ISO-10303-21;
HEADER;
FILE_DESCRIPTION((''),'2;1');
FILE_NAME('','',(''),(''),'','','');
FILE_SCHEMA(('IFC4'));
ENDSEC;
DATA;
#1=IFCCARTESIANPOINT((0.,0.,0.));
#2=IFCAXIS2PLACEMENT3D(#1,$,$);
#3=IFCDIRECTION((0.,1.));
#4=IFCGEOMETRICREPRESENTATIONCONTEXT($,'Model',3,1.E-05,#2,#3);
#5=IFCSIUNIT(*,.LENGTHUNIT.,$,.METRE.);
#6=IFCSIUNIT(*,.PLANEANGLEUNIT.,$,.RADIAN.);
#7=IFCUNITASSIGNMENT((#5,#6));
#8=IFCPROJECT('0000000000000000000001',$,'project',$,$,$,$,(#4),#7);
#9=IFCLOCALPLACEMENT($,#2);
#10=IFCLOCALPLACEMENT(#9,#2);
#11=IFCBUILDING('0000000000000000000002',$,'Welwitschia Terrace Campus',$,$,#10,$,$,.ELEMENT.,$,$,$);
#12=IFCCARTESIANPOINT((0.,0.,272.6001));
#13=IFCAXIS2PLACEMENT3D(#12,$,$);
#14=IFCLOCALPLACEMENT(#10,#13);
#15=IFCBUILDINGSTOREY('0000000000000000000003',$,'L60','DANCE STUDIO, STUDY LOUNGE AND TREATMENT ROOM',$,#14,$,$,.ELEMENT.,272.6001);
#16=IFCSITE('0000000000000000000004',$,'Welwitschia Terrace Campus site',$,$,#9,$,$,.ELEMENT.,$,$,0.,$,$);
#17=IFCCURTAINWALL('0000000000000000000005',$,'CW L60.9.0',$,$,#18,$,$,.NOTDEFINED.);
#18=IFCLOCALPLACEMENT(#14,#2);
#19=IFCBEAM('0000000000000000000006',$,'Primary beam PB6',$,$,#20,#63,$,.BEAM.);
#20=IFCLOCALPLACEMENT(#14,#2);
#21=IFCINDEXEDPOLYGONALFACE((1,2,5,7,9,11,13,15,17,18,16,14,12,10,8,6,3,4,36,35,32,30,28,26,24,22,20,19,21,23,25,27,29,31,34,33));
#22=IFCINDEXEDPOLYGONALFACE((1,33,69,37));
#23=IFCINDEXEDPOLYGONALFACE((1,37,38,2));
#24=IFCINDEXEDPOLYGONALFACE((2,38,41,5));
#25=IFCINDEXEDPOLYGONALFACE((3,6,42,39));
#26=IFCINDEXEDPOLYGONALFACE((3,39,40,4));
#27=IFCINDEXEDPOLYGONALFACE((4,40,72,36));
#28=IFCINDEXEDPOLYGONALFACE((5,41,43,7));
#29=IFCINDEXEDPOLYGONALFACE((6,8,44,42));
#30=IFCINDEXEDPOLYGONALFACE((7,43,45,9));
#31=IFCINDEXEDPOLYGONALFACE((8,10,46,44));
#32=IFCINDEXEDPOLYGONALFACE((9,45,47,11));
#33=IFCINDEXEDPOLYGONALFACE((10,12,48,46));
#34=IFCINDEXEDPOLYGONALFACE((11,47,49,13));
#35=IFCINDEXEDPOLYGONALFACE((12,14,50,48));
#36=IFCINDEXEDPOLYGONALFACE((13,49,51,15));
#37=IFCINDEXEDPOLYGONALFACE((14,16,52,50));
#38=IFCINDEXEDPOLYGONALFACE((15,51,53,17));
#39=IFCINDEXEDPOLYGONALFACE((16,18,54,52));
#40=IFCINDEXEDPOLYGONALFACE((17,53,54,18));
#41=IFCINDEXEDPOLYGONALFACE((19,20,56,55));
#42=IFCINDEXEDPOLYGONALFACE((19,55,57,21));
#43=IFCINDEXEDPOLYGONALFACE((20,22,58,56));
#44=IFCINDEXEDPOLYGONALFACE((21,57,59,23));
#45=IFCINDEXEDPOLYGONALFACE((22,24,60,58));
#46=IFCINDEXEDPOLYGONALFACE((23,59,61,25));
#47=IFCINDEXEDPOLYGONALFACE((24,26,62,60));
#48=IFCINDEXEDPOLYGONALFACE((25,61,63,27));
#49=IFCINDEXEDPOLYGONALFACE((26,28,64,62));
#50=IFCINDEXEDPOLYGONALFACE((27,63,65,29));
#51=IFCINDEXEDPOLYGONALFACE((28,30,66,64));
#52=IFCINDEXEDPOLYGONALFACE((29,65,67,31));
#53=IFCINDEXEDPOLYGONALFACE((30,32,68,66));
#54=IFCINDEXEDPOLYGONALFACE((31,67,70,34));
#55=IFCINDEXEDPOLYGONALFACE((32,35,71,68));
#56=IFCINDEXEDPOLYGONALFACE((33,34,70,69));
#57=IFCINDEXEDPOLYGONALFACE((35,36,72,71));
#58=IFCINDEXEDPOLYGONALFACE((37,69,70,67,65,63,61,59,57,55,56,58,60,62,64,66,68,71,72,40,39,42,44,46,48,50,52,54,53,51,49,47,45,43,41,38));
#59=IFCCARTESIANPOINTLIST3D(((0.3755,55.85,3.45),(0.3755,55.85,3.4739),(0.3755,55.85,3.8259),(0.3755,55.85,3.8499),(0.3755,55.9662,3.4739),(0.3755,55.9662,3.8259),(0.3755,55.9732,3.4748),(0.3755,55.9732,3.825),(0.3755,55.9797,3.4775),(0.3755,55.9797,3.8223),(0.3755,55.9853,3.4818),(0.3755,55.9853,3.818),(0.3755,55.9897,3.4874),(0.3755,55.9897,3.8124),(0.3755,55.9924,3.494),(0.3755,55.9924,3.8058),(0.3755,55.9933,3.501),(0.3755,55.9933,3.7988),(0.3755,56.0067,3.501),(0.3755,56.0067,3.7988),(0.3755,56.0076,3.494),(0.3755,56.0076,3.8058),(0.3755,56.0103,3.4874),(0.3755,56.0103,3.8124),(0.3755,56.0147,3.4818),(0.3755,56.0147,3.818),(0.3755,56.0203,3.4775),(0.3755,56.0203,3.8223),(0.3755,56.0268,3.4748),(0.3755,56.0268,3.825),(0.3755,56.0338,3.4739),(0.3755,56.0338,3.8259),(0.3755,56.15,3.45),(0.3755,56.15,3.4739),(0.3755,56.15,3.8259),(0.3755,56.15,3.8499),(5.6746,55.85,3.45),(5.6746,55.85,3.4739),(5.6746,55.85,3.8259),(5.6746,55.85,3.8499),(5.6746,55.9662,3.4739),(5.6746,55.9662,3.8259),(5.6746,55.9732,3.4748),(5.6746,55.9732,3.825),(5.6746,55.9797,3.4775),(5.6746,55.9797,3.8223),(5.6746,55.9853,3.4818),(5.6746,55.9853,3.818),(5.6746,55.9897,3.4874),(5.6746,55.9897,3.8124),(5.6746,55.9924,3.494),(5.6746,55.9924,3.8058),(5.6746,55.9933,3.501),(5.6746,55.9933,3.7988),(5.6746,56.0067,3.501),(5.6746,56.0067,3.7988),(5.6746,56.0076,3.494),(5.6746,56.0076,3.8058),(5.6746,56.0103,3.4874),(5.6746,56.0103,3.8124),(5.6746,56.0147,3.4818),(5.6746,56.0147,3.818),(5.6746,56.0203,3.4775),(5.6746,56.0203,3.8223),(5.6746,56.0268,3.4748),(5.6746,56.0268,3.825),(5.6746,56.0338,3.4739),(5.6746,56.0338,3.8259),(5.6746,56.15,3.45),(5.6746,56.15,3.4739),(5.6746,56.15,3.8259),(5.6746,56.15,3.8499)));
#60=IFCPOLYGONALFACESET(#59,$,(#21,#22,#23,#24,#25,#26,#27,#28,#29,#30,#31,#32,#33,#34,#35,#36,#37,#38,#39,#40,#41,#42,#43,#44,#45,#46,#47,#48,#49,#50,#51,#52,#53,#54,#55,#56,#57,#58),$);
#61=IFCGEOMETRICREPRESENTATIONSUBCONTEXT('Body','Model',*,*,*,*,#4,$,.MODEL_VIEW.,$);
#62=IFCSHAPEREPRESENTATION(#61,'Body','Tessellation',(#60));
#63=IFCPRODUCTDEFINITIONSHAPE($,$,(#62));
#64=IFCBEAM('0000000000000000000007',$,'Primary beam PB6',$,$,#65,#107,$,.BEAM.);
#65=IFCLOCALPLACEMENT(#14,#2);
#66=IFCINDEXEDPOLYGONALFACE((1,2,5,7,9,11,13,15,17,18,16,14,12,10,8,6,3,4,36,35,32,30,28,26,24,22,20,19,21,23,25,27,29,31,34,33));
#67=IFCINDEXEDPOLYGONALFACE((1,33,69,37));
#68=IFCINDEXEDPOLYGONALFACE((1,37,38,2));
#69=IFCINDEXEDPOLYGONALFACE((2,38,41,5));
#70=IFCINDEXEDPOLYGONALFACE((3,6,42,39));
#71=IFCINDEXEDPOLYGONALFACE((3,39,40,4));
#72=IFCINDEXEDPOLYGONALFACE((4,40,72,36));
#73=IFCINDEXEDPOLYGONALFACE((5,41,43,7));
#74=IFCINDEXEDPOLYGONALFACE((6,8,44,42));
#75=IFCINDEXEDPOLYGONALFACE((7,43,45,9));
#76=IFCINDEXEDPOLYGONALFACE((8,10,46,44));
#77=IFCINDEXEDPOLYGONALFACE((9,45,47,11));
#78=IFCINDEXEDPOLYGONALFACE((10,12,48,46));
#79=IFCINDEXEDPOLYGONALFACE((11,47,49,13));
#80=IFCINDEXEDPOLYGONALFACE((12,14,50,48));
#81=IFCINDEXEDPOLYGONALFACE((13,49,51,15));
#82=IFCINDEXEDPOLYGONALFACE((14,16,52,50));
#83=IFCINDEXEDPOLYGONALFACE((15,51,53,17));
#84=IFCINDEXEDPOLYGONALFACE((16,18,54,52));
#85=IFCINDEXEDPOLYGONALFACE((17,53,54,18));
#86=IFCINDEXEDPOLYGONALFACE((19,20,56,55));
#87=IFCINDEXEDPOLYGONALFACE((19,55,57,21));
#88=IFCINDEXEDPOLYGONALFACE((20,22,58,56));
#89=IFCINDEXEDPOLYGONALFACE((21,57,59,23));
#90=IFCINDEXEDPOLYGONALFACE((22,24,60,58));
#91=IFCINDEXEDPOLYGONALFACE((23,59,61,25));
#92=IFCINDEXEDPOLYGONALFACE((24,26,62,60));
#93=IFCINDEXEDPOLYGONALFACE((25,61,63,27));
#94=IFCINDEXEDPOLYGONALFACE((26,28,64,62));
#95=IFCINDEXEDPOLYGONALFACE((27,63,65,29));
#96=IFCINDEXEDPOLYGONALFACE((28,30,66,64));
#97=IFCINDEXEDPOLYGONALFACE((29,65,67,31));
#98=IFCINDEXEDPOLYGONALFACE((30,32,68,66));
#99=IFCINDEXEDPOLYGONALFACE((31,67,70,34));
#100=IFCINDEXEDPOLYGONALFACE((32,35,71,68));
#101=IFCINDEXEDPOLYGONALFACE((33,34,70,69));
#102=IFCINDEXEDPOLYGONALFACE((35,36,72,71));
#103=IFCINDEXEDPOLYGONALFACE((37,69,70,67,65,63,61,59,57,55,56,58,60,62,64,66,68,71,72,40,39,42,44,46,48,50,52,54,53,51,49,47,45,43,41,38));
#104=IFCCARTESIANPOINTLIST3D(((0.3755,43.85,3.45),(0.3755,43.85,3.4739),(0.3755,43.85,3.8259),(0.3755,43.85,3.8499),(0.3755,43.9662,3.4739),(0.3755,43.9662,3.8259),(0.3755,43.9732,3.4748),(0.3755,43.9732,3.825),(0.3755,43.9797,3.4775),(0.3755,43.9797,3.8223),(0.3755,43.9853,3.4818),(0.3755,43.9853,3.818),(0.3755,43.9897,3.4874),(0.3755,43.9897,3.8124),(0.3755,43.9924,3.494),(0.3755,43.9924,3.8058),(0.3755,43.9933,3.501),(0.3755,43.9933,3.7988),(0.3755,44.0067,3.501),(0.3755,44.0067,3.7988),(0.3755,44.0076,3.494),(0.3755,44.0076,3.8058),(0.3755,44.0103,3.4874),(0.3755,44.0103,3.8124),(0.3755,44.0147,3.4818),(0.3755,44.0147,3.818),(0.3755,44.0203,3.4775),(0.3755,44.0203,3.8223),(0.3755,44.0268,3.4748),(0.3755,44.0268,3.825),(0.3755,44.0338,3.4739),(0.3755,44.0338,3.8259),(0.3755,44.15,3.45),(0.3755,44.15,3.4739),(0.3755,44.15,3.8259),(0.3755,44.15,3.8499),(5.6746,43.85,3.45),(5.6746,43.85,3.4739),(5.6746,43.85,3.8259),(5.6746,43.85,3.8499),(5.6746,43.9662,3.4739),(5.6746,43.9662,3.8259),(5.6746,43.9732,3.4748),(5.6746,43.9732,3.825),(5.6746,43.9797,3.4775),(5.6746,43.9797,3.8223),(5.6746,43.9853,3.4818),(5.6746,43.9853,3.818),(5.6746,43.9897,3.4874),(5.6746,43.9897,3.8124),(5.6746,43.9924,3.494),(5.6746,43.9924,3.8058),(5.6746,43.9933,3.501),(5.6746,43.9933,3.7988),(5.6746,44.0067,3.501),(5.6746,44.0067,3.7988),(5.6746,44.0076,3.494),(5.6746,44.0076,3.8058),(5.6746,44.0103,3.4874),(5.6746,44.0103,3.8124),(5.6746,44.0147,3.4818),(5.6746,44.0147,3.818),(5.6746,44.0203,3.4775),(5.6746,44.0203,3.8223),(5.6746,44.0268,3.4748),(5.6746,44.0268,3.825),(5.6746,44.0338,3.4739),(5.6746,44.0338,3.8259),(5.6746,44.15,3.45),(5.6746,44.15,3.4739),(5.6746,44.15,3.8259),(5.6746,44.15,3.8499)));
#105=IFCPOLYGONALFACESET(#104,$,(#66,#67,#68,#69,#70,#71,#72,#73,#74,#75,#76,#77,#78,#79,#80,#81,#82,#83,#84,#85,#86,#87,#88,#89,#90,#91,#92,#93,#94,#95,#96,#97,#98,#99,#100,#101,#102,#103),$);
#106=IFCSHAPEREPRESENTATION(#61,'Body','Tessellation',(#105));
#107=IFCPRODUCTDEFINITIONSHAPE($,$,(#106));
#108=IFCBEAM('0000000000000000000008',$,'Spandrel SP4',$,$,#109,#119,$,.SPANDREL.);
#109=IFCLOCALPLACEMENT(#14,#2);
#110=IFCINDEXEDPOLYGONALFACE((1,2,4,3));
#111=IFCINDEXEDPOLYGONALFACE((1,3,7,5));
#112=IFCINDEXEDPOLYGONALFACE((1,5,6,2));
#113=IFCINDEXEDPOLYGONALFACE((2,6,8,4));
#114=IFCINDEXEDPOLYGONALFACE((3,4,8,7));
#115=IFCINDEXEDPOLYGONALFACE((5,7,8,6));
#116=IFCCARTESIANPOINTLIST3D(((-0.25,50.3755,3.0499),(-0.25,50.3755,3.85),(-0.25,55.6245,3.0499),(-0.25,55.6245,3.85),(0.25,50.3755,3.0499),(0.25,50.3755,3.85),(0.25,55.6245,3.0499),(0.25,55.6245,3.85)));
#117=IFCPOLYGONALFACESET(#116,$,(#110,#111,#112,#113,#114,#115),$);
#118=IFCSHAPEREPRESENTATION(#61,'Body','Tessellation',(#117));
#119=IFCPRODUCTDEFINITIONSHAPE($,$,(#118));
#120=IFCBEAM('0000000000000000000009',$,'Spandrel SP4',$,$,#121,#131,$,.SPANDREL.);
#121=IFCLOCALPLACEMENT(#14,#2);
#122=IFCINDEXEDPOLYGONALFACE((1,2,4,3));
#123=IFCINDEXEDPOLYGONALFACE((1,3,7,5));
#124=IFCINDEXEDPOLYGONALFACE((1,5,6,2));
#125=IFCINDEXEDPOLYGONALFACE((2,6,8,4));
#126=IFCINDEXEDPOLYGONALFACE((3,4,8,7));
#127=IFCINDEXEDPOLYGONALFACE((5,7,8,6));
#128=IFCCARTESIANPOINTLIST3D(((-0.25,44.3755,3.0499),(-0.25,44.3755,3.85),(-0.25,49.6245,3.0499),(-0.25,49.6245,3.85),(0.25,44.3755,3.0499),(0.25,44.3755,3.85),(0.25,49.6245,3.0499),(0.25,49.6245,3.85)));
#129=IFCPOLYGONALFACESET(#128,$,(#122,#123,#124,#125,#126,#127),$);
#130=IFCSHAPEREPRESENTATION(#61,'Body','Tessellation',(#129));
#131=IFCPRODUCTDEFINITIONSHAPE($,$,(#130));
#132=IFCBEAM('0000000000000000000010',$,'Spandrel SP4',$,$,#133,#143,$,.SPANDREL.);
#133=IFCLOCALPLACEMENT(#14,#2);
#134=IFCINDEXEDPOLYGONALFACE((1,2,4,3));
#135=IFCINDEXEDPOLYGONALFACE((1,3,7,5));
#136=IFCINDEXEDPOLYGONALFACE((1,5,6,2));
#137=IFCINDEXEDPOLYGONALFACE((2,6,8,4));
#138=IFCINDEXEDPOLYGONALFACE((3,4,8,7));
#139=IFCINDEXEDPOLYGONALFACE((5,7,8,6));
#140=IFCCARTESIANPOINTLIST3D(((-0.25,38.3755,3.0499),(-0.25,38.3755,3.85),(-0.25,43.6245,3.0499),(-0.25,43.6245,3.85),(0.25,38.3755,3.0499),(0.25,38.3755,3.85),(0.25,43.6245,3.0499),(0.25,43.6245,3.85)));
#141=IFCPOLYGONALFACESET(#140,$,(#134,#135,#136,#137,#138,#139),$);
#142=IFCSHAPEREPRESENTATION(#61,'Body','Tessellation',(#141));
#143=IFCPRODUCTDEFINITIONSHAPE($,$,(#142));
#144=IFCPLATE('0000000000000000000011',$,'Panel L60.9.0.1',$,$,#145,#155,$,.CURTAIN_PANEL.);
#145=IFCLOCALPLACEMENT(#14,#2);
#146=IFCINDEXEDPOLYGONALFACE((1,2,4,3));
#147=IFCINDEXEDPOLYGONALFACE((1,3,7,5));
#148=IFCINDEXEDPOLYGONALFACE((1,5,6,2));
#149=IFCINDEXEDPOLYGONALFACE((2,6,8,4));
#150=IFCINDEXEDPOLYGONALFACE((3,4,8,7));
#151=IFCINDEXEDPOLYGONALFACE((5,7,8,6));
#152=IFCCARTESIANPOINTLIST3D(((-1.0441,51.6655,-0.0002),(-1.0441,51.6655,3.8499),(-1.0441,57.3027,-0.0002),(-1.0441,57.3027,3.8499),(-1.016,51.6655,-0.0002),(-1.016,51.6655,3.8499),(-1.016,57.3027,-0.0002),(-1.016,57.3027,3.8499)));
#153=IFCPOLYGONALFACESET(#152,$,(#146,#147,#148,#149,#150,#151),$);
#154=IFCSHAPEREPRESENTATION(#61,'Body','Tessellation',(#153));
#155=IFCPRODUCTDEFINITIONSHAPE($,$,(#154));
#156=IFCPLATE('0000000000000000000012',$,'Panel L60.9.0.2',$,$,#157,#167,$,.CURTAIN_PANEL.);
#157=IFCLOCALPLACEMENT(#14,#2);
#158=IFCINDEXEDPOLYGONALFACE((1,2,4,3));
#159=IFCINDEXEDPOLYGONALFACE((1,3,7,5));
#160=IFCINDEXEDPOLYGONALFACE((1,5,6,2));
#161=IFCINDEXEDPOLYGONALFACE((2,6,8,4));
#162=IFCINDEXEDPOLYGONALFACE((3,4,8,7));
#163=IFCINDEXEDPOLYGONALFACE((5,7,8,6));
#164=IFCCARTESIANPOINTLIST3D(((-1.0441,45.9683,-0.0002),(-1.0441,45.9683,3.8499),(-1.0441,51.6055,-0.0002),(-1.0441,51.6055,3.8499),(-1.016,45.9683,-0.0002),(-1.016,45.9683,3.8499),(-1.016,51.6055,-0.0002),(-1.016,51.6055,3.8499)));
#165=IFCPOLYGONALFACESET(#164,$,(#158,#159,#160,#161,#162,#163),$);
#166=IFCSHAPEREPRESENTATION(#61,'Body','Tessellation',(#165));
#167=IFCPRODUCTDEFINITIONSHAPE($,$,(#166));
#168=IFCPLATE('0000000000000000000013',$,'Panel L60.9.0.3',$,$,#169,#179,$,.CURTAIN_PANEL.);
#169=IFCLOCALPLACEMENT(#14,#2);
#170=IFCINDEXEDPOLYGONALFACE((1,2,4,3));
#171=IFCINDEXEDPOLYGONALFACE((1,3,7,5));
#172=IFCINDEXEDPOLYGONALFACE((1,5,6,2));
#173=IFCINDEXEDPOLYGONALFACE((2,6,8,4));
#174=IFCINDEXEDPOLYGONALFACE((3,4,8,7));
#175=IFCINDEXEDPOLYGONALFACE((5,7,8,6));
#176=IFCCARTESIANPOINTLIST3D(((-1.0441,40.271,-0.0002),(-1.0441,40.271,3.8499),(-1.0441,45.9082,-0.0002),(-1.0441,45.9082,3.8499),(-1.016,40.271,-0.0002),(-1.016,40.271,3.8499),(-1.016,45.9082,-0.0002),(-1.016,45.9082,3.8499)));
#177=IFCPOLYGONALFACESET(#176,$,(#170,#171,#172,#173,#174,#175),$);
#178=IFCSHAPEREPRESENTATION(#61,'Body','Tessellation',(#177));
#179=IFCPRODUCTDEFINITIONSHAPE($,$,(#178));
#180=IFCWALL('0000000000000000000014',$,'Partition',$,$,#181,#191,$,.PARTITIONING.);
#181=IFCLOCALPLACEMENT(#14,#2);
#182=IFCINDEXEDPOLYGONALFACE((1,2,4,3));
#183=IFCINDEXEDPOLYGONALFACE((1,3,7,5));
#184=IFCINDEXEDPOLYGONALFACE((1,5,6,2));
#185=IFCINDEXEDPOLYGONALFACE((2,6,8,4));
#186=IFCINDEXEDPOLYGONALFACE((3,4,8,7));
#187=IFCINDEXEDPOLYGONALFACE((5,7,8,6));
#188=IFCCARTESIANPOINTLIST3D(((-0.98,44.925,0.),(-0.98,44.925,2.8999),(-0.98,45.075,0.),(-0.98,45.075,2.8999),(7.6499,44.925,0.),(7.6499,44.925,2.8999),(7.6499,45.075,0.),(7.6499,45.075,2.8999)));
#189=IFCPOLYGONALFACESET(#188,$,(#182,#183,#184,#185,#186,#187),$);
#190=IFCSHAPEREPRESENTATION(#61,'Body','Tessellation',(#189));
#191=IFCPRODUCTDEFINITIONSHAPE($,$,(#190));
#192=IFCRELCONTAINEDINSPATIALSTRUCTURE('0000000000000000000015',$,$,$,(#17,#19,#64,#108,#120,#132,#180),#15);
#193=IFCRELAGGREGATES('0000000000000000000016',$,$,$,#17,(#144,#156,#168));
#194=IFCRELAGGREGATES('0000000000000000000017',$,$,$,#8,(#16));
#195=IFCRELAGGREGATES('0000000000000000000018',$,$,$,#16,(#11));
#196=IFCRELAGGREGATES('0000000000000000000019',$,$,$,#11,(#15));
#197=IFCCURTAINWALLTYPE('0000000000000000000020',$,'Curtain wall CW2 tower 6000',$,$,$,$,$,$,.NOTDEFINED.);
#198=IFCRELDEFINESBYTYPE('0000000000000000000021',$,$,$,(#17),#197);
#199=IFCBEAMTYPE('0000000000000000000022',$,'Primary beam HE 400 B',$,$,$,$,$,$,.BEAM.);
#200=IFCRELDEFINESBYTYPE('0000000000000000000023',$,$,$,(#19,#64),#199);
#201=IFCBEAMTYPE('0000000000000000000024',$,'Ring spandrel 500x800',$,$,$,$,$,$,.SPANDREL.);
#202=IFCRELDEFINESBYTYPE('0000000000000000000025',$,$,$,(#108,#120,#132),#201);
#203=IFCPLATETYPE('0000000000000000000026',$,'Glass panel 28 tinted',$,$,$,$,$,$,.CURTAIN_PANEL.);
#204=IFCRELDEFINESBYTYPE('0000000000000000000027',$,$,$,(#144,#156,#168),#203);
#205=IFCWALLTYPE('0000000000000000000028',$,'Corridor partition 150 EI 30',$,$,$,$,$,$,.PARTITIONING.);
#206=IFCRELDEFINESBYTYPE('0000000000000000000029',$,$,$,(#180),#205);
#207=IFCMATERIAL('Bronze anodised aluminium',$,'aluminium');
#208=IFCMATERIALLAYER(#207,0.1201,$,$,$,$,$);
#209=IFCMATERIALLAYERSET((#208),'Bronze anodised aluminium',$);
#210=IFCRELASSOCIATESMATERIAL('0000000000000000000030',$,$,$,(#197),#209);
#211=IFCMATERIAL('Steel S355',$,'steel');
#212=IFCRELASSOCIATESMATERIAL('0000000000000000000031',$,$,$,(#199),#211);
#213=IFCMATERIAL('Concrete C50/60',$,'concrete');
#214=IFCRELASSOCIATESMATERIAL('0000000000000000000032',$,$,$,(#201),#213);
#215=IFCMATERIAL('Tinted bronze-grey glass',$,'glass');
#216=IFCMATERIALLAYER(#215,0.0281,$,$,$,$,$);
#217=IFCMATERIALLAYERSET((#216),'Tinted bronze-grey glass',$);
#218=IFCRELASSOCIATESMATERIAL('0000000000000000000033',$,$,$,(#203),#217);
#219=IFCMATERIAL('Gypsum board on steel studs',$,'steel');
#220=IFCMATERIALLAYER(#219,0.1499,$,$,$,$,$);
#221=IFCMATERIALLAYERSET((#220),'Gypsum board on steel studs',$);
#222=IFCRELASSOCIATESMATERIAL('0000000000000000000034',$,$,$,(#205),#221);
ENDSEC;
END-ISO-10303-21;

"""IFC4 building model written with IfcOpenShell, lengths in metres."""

from ifc_helpers import new_model, si_unit, direction, frame, frame_2d, origin, origin_2d, place, context, subcontext, project, spatial, rectangle, i_section, extrude, material, layer, layer_set, material_profile, profile_set, type_object, element, aggregate, save


model = new_model("IFC4")

# Units and contexts
model_context = context("Model", 3, precision=1e-05, world=origin(), true_north=direction((0.0, 1.0)))
body_context = subcontext(model_context, "Body", "Model", "MODEL_VIEW")
ifc_project = project(units=[si_unit("LENGTHUNIT", "METRE"), si_unit("PLANEANGLEUNIT", "RADIAN")], contexts=[model_context])

# Site, building, storey
site_placement = place(None, origin())
site = spatial("IfcSite", under=ifc_project, at=site_placement, Name="Welwitschia Terrace Campus site", CompositionType="ELEMENT", RefElevation=0.0)
building_placement = place(site_placement, origin())
building = spatial("IfcBuilding", under=site, at=building_placement, Name="Welwitschia Terrace Campus", CompositionType="ELEMENT")
storey_placement = place(building_placement, frame((0.0, 0.0, 272.6001)))
storey = spatial("IfcBuildingStorey", under=building, at=storey_placement, Name="L60", Description="DANCE STUDIO, STUDY LOUNGE AND TREATMENT ROOM", CompositionType="ELEMENT", Elevation=272.6001)

# Curtain wall
ifc_material_1 = material(Name="Bronze anodised aluminium", Category="aluminium")
ifc_layer_1 = layer(ifc_material_1, 0.1201)
ifc_layer_set_1 = layer_set([ifc_layer_1], Name="Bronze anodised aluminium")
curtain_wall_type = type_object("IfcCurtainWallType", Name="Curtain wall CW2 tower 6000", PredefinedType="NOTDEFINED", material=ifc_layer_set_1)
curtain_wall_placement = place(storey_placement, origin())
curtain_wall = element("IfcCurtainWall", 1, at=curtain_wall_placement, inside=storey, type_object=curtain_wall_type, Name="CW L60.9.0", PredefinedType="NOTDEFINED")

# Beams
ifc_material_2 = material(Name="Steel S355", Category="steel")
ifc_material_profile_1 = material_profile(ifc_material_2, i_section(OverallWidth=0.3, OverallDepth=0.3999, WebThickness=0.0134, FlangeThickness=0.0239, FilletRadius=0.0271, at=origin_2d()))
ifc_profile_set_1 = profile_set([ifc_material_profile_1], Name="Steel S355")
beam_type_1 = type_object("IfcBeamType", Name="Primary beam HE 400 B", PredefinedType="BEAM", material=ifc_profile_set_1)
for number, where, z_axis, x_axis, name in (
    (2, (0.3755, 56.0, 3.6499), (1.0, 0.0, 0.0), (0.0, 1.0, 0.0), "Primary beam PB6"),
    (3, (0.3755, 44.0, 3.6499), (1.0, 0.0, 0.0), (0.0, 1.0, 0.0), "Primary beam PB6"),
):
    element("IfcBeam", number, at=place(storey_placement, frame(where, z_axis=z_axis, x_axis=x_axis)), inside=storey, type_object=beam_type_1, Name=name, PredefinedType="BEAM", context=body_context, shape_type="SweptSolid", body=[
        extrude(i_section(OverallWidth=0.3, OverallDepth=0.3999, WebThickness=0.0134, FlangeThickness=0.0239, FilletRadius=0.0271, at=origin_2d()), origin(), (0.0, 0.0, 1.0), 5.2991),
    ])
ifc_material_3 = material(Name="Concrete C50/60", Category="concrete")
ifc_material_profile_2 = material_profile(ifc_material_3, rectangle(XDim=0.5, YDim=0.8, at=origin_2d()))
ifc_profile_set_2 = profile_set([ifc_material_profile_2], Name="Concrete C50/60")
beam_type_2 = type_object("IfcBeamType", Name="Ring spandrel 500x800", PredefinedType="SPANDREL", material=ifc_profile_set_2)
for number, where, z_axis, x_axis, name in (
    (4, (0.0, 55.6245, 3.45), (0.0, -1.0, 0.0), (1.0, 0.0, 0.0), "Spandrel SP4"),
    (5, (0.0, 49.6245, 3.45), (0.0, -1.0, 0.0), (1.0, 0.0, 0.0), "Spandrel SP4"),
    (6, (0.0, 43.6245, 3.45), (0.0, -1.0, 0.0), (1.0, 0.0, 0.0), "Spandrel SP4"),
):
    element("IfcBeam", number, at=place(storey_placement, frame(where, z_axis=z_axis, x_axis=x_axis)), inside=storey, type_object=beam_type_2, Name=name, PredefinedType="SPANDREL", context=body_context, shape_type="SweptSolid", body=[
        extrude(rectangle(XDim=0.5, YDim=0.8, at=origin_2d()), origin(), (0.0, 0.0, 1.0), 5.249),
    ])

# Plates
ifc_material_4 = material(Name="Tinted bronze-grey glass", Category="glass")
ifc_layer_2 = layer(ifc_material_4, 0.0281)
ifc_layer_set_2 = layer_set([ifc_layer_2], Name="Tinted bronze-grey glass")
plate_type = type_object("IfcPlateType", Name="Glass panel 28 tinted", PredefinedType="CURTAIN_PANEL", material=ifc_layer_set_2)
plate_1_placement = place(storey_placement, frame((-1.03, 54.4841, -0.0002), z_axis=(0.0, 0.0, 1.0), x_axis=(0.0, -1.0, 0.0)))
plate_1 = element("IfcPlate", 7, at=plate_1_placement, type_object=plate_type, Name="Panel L60.9.0.1", PredefinedType="CURTAIN_PANEL", context=body_context, shape_type="SweptSolid", body=[
    extrude(rectangle(XDim=5.6372, YDim=0.0281, at=origin_2d()), origin(), (0.0, 0.0, 1.0), 3.8501),
])
plate_2_placement = place(storey_placement, frame((-1.03, 48.7869, -0.0002), z_axis=(0.0, 0.0, 1.0), x_axis=(0.0, -1.0, 0.0)))
plate_2 = element("IfcPlate", 8, at=plate_2_placement, type_object=plate_type, Name="Panel L60.9.0.2", PredefinedType="CURTAIN_PANEL", context=body_context, shape_type="SweptSolid", body=[
    extrude(rectangle(XDim=5.6372, YDim=0.0281, at=origin_2d()), origin(), (0.0, 0.0, 1.0), 3.8501),
])
plate_3_placement = place(storey_placement, frame((-1.03, 43.0896, -0.0002), z_axis=(0.0, 0.0, 1.0), x_axis=(0.0, -1.0, 0.0)))
plate_3 = element("IfcPlate", 9, at=plate_3_placement, type_object=plate_type, Name="Panel L60.9.0.3", PredefinedType="CURTAIN_PANEL", context=body_context, shape_type="SweptSolid", body=[
    extrude(rectangle(XDim=5.6372, YDim=0.0281, at=origin_2d()), origin(), (0.0, 0.0, 1.0), 3.8501),
])
aggregate(curtain_wall, [plate_1, plate_2, plate_3])

# Wall
ifc_material_5 = material(Name="Gypsum board on steel studs", Category="steel")
ifc_layer_3 = layer(ifc_material_5, 0.1499)
ifc_layer_set_3 = layer_set([ifc_layer_3], Name="Gypsum board on steel studs")
wall_type = type_object("IfcWallType", Name="Corridor partition 150 EI 30", PredefinedType="PARTITIONING", material=ifc_layer_set_3)
wall_placement = place(storey_placement, frame((-0.98, 45.0, 0.0), z_axis=(0.0, 0.0, 1.0), x_axis=(1.0, 0.0, 0.0)))
element("IfcWall", 10, at=wall_placement, inside=storey, type_object=wall_type, Name="Partition", PredefinedType="PARTITIONING", context=body_context, shape_type="SweptSolid", body=[
    extrude(rectangle(XDim=8.6299, YDim=0.1499, at=frame_2d((4.3149, 0.0))), origin(), (0.0, 0.0, 1.0), 2.8999),
])

save(model, "model.ifc")
